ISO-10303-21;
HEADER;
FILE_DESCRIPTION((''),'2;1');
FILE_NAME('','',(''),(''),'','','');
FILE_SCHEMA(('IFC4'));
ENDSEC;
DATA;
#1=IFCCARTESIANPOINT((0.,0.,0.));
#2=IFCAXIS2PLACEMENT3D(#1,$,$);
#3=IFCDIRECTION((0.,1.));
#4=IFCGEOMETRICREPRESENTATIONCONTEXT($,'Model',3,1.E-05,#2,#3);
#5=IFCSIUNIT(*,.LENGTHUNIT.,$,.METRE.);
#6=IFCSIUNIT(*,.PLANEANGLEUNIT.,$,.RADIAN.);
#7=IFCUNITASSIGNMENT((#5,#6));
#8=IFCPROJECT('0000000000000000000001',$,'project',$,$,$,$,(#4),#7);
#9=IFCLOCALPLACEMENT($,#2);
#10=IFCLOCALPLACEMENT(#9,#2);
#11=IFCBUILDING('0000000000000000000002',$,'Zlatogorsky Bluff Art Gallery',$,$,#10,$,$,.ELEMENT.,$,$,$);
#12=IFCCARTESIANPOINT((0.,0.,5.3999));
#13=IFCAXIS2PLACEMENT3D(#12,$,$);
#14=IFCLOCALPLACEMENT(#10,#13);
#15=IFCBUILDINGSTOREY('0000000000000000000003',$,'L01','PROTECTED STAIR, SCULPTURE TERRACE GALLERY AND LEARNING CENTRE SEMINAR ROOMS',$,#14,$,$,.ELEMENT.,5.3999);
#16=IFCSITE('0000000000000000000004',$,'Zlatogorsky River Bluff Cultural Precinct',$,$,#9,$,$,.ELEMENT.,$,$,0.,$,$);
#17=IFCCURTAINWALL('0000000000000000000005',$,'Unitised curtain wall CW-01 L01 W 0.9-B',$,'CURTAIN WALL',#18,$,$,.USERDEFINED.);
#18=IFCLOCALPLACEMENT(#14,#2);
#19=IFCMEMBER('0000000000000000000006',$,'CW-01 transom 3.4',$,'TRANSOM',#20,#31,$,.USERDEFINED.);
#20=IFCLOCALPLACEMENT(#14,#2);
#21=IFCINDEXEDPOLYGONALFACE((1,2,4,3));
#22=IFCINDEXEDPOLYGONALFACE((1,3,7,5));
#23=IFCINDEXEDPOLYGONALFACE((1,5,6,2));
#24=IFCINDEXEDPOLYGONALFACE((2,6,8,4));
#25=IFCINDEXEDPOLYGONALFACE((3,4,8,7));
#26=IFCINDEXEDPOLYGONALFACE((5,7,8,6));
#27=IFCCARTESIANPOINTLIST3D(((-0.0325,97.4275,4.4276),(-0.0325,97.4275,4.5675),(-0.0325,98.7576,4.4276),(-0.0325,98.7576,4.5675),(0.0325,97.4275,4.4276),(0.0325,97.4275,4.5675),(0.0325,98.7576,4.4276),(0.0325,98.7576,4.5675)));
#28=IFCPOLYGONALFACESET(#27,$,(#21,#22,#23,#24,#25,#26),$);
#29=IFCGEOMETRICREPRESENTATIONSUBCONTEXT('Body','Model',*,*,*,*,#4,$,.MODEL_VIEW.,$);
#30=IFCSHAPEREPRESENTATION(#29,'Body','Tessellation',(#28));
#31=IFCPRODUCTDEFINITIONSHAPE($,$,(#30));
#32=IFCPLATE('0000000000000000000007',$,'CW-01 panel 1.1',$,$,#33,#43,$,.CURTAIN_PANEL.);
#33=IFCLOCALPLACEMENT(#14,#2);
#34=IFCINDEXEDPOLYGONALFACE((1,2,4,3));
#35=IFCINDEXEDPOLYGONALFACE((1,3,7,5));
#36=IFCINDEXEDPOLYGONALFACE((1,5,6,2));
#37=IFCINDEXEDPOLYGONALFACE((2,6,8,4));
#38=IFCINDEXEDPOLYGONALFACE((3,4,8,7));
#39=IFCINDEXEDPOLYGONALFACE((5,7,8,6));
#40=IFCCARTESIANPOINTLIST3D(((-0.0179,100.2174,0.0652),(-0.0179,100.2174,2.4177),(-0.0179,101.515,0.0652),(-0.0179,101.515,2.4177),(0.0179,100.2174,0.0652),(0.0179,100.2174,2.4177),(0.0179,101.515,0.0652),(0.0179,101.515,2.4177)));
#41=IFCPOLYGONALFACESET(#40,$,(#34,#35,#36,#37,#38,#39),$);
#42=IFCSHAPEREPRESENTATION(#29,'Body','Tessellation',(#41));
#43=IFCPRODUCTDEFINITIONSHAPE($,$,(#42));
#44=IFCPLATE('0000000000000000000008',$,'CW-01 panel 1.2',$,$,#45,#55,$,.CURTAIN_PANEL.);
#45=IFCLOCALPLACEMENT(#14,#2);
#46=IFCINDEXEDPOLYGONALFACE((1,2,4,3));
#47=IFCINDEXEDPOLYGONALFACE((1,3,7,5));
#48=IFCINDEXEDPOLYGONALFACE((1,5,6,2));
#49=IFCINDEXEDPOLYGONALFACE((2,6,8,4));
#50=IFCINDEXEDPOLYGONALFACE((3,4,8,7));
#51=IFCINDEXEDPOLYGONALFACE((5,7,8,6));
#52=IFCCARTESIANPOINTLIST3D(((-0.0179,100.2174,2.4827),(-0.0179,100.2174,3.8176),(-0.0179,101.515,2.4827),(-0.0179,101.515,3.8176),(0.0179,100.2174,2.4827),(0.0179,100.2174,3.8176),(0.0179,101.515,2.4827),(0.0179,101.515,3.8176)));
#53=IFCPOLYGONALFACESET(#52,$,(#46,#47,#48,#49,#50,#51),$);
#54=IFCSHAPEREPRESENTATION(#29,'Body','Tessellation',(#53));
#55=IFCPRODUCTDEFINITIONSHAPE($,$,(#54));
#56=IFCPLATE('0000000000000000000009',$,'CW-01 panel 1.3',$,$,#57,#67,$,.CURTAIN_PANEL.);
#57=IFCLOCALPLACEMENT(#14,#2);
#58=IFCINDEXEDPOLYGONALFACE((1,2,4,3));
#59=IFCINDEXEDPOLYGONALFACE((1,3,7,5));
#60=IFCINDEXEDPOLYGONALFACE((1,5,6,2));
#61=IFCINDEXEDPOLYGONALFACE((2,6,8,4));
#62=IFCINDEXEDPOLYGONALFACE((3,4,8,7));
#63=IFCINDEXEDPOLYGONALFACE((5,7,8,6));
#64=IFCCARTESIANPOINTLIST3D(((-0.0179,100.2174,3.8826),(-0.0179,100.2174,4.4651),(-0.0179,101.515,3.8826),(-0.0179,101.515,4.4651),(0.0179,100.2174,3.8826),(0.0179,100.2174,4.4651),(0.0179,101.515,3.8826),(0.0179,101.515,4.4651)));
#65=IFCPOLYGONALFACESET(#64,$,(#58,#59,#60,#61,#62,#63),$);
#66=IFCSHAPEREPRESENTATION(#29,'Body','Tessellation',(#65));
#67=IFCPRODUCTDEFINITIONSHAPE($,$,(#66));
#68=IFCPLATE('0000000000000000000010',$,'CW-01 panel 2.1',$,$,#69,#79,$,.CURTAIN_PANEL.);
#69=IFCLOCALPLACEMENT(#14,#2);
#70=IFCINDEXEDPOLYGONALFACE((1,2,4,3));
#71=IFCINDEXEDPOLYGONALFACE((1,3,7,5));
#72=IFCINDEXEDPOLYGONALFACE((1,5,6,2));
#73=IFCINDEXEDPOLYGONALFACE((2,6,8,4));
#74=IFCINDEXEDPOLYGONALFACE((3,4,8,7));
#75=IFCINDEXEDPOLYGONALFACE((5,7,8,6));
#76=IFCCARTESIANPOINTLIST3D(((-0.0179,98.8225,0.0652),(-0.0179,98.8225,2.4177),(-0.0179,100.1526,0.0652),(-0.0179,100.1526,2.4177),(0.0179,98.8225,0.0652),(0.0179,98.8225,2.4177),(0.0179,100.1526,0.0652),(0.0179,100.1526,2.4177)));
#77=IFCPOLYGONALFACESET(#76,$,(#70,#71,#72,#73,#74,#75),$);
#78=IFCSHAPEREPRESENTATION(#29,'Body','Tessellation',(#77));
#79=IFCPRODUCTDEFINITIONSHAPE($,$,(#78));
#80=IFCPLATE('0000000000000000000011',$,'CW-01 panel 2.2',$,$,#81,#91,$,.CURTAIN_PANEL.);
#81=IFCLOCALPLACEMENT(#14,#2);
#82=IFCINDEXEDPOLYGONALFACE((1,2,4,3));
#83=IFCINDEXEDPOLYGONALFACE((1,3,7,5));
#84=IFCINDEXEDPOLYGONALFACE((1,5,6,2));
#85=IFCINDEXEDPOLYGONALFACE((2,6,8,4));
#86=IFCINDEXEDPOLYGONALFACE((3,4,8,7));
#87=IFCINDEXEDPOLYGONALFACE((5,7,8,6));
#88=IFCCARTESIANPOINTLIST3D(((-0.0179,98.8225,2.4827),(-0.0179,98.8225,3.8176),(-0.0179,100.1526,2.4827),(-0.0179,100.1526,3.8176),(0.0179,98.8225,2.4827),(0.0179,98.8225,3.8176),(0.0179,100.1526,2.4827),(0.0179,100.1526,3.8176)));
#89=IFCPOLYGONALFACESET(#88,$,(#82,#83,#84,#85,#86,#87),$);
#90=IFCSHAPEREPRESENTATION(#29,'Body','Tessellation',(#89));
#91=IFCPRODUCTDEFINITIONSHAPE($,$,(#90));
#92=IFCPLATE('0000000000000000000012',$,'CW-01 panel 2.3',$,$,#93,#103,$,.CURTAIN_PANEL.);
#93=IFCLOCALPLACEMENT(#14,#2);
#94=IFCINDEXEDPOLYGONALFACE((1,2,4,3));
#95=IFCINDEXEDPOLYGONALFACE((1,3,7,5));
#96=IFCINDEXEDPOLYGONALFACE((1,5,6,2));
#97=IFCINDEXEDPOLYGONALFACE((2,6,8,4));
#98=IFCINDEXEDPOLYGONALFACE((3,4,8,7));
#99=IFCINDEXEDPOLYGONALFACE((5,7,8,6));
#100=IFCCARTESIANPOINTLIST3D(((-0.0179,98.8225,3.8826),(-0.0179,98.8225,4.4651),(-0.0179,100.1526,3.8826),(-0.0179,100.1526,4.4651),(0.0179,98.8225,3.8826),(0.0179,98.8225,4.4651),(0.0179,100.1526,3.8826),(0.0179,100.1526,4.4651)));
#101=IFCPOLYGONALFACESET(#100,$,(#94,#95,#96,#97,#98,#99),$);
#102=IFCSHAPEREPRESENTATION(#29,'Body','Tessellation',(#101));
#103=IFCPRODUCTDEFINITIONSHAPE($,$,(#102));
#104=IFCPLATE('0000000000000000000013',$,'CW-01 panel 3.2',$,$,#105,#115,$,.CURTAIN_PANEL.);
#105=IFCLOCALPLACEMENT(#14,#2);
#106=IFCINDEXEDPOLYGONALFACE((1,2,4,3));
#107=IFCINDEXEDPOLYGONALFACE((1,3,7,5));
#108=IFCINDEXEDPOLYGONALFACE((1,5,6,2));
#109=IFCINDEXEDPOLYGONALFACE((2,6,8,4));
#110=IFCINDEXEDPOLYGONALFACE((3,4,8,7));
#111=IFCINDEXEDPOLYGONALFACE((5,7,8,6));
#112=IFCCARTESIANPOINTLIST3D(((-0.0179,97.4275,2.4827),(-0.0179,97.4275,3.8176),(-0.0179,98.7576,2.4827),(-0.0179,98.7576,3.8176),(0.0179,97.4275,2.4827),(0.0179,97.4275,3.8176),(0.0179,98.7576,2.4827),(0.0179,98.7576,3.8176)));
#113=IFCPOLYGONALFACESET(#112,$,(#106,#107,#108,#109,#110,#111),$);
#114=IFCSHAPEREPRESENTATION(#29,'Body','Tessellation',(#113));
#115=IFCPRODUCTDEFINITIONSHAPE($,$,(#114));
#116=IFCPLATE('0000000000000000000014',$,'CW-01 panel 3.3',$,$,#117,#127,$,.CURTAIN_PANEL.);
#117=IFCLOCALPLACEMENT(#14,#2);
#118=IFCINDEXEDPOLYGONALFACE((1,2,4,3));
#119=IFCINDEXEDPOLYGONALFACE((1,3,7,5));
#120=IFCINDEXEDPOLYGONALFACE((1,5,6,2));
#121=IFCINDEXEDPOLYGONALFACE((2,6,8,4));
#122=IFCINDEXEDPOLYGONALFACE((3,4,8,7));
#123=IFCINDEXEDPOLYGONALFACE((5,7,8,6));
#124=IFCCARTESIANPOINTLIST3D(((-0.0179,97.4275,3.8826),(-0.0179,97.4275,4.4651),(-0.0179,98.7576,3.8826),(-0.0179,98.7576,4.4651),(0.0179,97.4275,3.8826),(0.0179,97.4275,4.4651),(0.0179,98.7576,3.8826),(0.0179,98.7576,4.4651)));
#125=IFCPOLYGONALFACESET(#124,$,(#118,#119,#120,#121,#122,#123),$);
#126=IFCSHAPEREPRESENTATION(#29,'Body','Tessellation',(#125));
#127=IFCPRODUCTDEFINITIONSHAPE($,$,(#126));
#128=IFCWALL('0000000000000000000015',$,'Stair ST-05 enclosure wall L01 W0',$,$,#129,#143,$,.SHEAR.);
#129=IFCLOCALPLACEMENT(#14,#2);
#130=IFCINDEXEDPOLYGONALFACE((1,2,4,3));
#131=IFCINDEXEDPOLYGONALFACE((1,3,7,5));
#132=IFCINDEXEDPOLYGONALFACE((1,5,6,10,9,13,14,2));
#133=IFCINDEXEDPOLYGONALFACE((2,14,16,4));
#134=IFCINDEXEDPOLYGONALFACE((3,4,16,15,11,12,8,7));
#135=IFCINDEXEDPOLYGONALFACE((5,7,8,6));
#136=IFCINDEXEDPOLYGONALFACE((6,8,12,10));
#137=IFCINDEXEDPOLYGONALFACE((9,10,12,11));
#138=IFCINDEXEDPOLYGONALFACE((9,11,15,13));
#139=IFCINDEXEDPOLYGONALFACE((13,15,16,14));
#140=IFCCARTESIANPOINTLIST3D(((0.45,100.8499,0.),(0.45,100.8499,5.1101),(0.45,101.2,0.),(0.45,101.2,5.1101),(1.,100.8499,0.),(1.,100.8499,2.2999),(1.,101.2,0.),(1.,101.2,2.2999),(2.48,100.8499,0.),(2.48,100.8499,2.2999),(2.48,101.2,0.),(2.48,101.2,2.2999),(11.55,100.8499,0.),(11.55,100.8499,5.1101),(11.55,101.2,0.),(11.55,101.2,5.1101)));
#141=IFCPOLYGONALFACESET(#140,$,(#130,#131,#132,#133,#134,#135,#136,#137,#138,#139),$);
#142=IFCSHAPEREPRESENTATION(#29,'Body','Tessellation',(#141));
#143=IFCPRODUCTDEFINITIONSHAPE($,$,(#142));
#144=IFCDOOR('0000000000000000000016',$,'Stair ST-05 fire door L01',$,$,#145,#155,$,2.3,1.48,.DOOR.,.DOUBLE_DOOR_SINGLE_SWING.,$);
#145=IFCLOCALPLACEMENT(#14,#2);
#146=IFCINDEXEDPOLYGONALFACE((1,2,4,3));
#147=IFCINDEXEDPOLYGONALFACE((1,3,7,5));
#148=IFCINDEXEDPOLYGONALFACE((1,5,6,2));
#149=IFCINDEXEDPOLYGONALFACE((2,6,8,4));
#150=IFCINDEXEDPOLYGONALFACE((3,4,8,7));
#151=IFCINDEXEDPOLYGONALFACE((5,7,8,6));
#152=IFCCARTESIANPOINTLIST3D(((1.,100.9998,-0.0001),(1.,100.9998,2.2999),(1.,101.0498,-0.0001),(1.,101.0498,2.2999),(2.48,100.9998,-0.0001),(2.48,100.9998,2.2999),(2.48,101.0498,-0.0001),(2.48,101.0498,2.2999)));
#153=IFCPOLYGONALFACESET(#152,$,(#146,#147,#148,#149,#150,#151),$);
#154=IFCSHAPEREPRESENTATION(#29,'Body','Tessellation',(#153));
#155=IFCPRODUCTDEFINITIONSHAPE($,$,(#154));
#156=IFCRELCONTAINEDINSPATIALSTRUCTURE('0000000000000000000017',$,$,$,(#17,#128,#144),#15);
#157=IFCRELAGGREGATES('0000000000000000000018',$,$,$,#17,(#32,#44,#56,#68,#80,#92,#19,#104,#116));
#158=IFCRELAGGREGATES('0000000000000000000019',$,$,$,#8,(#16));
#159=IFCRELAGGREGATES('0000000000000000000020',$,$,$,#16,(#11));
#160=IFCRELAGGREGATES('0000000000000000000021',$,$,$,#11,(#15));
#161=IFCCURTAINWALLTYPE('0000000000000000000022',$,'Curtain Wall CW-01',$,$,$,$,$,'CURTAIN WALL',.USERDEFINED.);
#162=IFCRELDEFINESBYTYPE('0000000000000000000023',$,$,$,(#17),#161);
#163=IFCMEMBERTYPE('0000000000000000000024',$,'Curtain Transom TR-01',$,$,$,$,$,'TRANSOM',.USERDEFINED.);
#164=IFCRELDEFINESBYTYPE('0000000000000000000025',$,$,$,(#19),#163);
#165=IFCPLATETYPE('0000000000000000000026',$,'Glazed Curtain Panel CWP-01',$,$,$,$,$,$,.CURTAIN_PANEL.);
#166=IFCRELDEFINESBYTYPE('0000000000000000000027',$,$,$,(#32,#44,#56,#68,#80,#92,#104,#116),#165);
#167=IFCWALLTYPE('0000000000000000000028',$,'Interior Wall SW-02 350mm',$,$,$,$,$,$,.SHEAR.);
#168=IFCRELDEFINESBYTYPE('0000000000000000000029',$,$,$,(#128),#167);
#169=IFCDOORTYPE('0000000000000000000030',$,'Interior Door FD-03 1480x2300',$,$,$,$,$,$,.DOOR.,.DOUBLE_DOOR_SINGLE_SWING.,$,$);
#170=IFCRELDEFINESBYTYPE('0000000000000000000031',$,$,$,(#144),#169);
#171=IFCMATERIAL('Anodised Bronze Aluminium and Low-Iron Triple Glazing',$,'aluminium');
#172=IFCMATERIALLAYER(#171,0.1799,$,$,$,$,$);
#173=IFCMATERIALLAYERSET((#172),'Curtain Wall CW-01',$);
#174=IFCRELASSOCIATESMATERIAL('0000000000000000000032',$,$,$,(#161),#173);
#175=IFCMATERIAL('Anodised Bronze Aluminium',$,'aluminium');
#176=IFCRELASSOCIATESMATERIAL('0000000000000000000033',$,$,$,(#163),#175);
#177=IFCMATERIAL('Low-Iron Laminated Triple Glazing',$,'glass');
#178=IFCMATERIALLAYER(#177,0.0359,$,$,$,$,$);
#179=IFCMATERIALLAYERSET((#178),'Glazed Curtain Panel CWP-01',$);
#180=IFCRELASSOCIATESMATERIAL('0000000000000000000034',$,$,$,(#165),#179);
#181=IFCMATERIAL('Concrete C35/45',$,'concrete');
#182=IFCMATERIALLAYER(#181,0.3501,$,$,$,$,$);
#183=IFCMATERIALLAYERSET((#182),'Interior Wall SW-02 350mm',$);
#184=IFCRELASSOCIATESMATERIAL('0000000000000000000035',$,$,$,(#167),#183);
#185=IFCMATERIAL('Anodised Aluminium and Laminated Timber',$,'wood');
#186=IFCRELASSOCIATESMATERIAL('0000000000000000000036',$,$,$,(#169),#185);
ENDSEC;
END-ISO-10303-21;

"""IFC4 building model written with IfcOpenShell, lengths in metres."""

from ifc_helpers import new_model, si_unit, direction, frame, frame_2d, origin, origin_2d, place, context, subcontext, project, spatial, rectangle, extrude, material, layer, layer_set, material_profile, profile_set, type_object, element, fill, aggregate, save


model = new_model("IFC4")

# Units and contexts
model_context = context("Model", 3, precision=1e-05, world=origin(), true_north=direction((0.0, 1.0)))
body_context = subcontext(model_context, "Body", "Model", "MODEL_VIEW")
ifc_project = project(units=[si_unit("LENGTHUNIT", "METRE"), si_unit("PLANEANGLEUNIT", "RADIAN")], contexts=[model_context])

# Site, building, storey
site_placement = place(None, origin())
site = spatial("IfcSite", under=ifc_project, at=site_placement, Name="Zlatogorsky River Bluff Cultural Precinct", CompositionType="ELEMENT", RefElevation=0.0)
building_placement = place(site_placement, origin())
building = spatial("IfcBuilding", under=site, at=building_placement, Name="Zlatogorsky Bluff Art Gallery", CompositionType="ELEMENT")
storey_placement = place(building_placement, frame((0.0, 0.0, 5.3999)))
storey = spatial("IfcBuildingStorey", under=building, at=storey_placement, Name="L01", Description="PROTECTED STAIR, SCULPTURE TERRACE GALLERY AND LEARNING CENTRE SEMINAR ROOMS", CompositionType="ELEMENT", Elevation=5.3999)

# Shared definitions
ifc_material_1 = material(Name="Anodised Bronze Aluminium and Low-Iron Triple Glazing", Category="aluminium")
ifc_layer_1 = layer(ifc_material_1, 0.1799)
ifc_layer_set_1 = layer_set([ifc_layer_1], Name="Curtain Wall CW-01")
curtain_wall_type = type_object("IfcCurtainWallType", Name="Curtain Wall CW-01", ElementType="CURTAIN WALL", PredefinedType="USERDEFINED", material=ifc_layer_set_1)
ifc_material_2 = material(Name="Anodised Bronze Aluminium", Category="aluminium")

# Curtain wall, member, plates
curtain_wall_1_placement = place(storey_placement, origin())
curtain_wall_1 = element("IfcCurtainWall", 1, at=curtain_wall_1_placement, inside=storey, type_object=curtain_wall_type, Name="Unitised curtain wall CW-01 L01 W 0.9-B", ObjectType="CURTAIN WALL", PredefinedType="USERDEFINED")
ifc_material_profile_1 = material_profile(ifc_material_2, rectangle(XDim=0.0649, YDim=0.1399, at=origin_2d()), Name="ALU TRANSOM 65x140")
ifc_profile_set_1 = profile_set([ifc_material_profile_1], Name="Anodised Bronze Aluminium")
member_type_1 = type_object("IfcMemberType", Name="Curtain Transom TR-01", ElementType="TRANSOM", PredefinedType="USERDEFINED", material=ifc_profile_set_1)
member_1_placement = place(storey_placement, frame((0.0, 98.7576, 4.4976), z_axis=(0.0, -1.0, 0.0), x_axis=(1.0, 0.0, 0.0)))
member_1 = element("IfcMember", 2, at=member_1_placement, type_object=member_type_1, Name="CW-01 transom 3.4", ObjectType="TRANSOM", PredefinedType="USERDEFINED", context=body_context, shape_type="SweptSolid", body=[
    extrude(rectangle(XDim=0.0649, YDim=0.1399, at=origin_2d()), origin(), (0.0, 0.0, 1.0), 1.3301),
])
ifc_material_3 = material(Name="Low-Iron Laminated Triple Glazing", Category="glass")
ifc_layer_2 = layer(ifc_material_3, 0.0359)
ifc_layer_set_2 = layer_set([ifc_layer_2], Name="Glazed Curtain Panel CWP-01")
plate_type = type_object("IfcPlateType", Name="Glazed Curtain Panel CWP-01", PredefinedType="CURTAIN_PANEL", material=ifc_layer_set_2)
plate_1_placement = place(storey_placement, frame((0.0, 100.8662, 0.0652), z_axis=(0.0, 0.0, 1.0), x_axis=(0.0, -1.0, 0.0)))
plate_1 = element("IfcPlate", 3, at=plate_1_placement, type_object=plate_type, Name="CW-01 panel 1.1", PredefinedType="CURTAIN_PANEL", context=body_context, shape_type="SweptSolid", body=[
    extrude(rectangle(XDim=1.2976, YDim=0.0359, at=origin_2d()), origin(), (0.0, 0.0, 1.0), 2.3525),
])
plate_2_placement = place(storey_placement, frame((0.0, 100.8662, 2.4827), z_axis=(0.0, 0.0, 1.0), x_axis=(0.0, -1.0, 0.0)))
plate_2 = element("IfcPlate", 4, at=plate_2_placement, type_object=plate_type, Name="CW-01 panel 1.2", PredefinedType="CURTAIN_PANEL", context=body_context, shape_type="SweptSolid", body=[
    extrude(rectangle(XDim=1.2976, YDim=0.0359, at=origin_2d()), origin(), (0.0, 0.0, 1.0), 1.335),
])
plate_3_placement = place(storey_placement, frame((0.0, 100.8662, 3.8826), z_axis=(0.0, 0.0, 1.0), x_axis=(0.0, -1.0, 0.0)))
plate_3 = element("IfcPlate", 5, at=plate_3_placement, type_object=plate_type, Name="CW-01 panel 1.3", PredefinedType="CURTAIN_PANEL", context=body_context, shape_type="SweptSolid", body=[
    extrude(rectangle(XDim=1.2976, YDim=0.0359, at=origin_2d()), origin(), (0.0, 0.0, 1.0), 0.5825),
])
plate_4_placement = place(storey_placement, frame((0.0, 99.4875, 0.0652), z_axis=(0.0, 0.0, 1.0), x_axis=(0.0, -1.0, 0.0)))
plate_4 = element("IfcPlate", 6, at=plate_4_placement, type_object=plate_type, Name="CW-01 panel 2.1", PredefinedType="CURTAIN_PANEL", context=body_context, shape_type="SweptSolid", body=[
    extrude(rectangle(XDim=1.3301, YDim=0.0359, at=origin_2d()), origin(), (0.0, 0.0, 1.0), 2.3525),
])
plate_5_placement = place(storey_placement, frame((0.0, 99.4875, 2.4827), z_axis=(0.0, 0.0, 1.0), x_axis=(0.0, -1.0, 0.0)))
plate_5 = element("IfcPlate", 7, at=plate_5_placement, type_object=plate_type, Name="CW-01 panel 2.2", PredefinedType="CURTAIN_PANEL", context=body_context, shape_type="SweptSolid", body=[
    extrude(rectangle(XDim=1.3301, YDim=0.0359, at=origin_2d()), origin(), (0.0, 0.0, 1.0), 1.335),
])
plate_6_placement = place(storey_placement, frame((0.0, 99.4875, 3.8826), z_axis=(0.0, 0.0, 1.0), x_axis=(0.0, -1.0, 0.0)))
plate_6 = element("IfcPlate", 8, at=plate_6_placement, type_object=plate_type, Name="CW-01 panel 2.3", PredefinedType="CURTAIN_PANEL", context=body_context, shape_type="SweptSolid", body=[
    extrude(rectangle(XDim=1.3301, YDim=0.0359, at=origin_2d()), origin(), (0.0, 0.0, 1.0), 0.5825),
])
plate_7_placement = place(storey_placement, frame((0.0, 98.0925, 2.4827), z_axis=(0.0, 0.0, 1.0), x_axis=(0.0, -1.0, 0.0)))
plate_7 = element("IfcPlate", 9, at=plate_7_placement, type_object=plate_type, Name="CW-01 panel 3.2", PredefinedType="CURTAIN_PANEL", context=body_context, shape_type="SweptSolid", body=[
    extrude(rectangle(XDim=1.3301, YDim=0.0359, at=origin_2d()), origin(), (0.0, 0.0, 1.0), 1.335),
])
plate_8_placement = place(storey_placement, frame((0.0, 98.0925, 3.8826), z_axis=(0.0, 0.0, 1.0), x_axis=(0.0, -1.0, 0.0)))
plate_8 = element("IfcPlate", 10, at=plate_8_placement, type_object=plate_type, Name="CW-01 panel 3.3", PredefinedType="CURTAIN_PANEL", context=body_context, shape_type="SweptSolid", body=[
    extrude(rectangle(XDim=1.3301, YDim=0.0359, at=origin_2d()), origin(), (0.0, 0.0, 1.0), 0.5825),
])
aggregate(curtain_wall_1, [plate_1, plate_2, plate_3, plate_4, plate_5, plate_6, member_1, plate_7, plate_8])

# Wall, opening, door
ifc_material_4 = material(Name="Concrete C35/45", Category="concrete")
ifc_layer_3 = layer(ifc_material_4, 0.3501)
ifc_layer_set_3 = layer_set([ifc_layer_3], Name="Interior Wall SW-02 350mm")
wall_type = type_object("IfcWallType", Name="Interior Wall SW-02 350mm", PredefinedType="SHEAR", material=ifc_layer_set_3)
wall_placement = place(storey_placement, frame((0.45, 101.0249, 0.0), z_axis=(0.0, 0.0, 1.0), x_axis=(1.0, 0.0, 0.0)))
wall = element("IfcWall", 11, at=wall_placement, inside=storey, type_object=wall_type, Name="Stair ST-05 enclosure wall L01 W0", PredefinedType="SHEAR", context=body_context, shape_type="SweptSolid", body=[
    extrude(rectangle(XDim=11.1001, YDim=0.3501, at=frame_2d((5.55, 0.0))), origin(), (0.0, 0.0, 1.0), 5.1101),
])
opening_placement = place(wall_placement, frame((0.55, 0.0, 0.0)))
opening = element("IfcOpeningElement", 12, at=opening_placement, cuts=wall, PredefinedType="OPENING", context=body_context, shape_type="SweptSolid", body=[
    extrude(rectangle(XDim=1.48, YDim=2.3, at=frame_2d((0.74, 1.1499))), frame((0.0, 0.1851, 0.0), z_axis=(0.0, -1.0, 0.0), x_axis=(1.0, 0.0, 0.0)), (0.0, 0.0, 1.0), 0.3701),
])
ifc_material_5 = material(Name="Anodised Aluminium and Laminated Timber", Category="wood")
door_type = type_object("IfcDoorType", Name="Interior Door FD-03 1480x2300", OperationType="DOUBLE_DOOR_SINGLE_SWING", PredefinedType="DOOR", material=ifc_material_5)
door_placement = place(opening_placement, origin())
door = element("IfcDoor", 13, at=door_placement, inside=storey, type_object=door_type, Name="Stair ST-05 fire door L01", OperationType="DOUBLE_DOOR_SINGLE_SWING", OverallHeight=2.3, OverallWidth=1.48, PredefinedType="DOOR", context=body_context, shape_type="SweptSolid", body=[
    extrude(rectangle(XDim=1.48, YDim=2.3, at=frame_2d((0.74, 1.1499))), frame((0.0, 0.0249, 0.0), z_axis=(0.0, -1.0, 0.0), x_axis=(1.0, 0.0, 0.0)), (0.0, 0.0, 1.0), 0.05),
])
fill(opening, door)

save(model, "model.ifc")
